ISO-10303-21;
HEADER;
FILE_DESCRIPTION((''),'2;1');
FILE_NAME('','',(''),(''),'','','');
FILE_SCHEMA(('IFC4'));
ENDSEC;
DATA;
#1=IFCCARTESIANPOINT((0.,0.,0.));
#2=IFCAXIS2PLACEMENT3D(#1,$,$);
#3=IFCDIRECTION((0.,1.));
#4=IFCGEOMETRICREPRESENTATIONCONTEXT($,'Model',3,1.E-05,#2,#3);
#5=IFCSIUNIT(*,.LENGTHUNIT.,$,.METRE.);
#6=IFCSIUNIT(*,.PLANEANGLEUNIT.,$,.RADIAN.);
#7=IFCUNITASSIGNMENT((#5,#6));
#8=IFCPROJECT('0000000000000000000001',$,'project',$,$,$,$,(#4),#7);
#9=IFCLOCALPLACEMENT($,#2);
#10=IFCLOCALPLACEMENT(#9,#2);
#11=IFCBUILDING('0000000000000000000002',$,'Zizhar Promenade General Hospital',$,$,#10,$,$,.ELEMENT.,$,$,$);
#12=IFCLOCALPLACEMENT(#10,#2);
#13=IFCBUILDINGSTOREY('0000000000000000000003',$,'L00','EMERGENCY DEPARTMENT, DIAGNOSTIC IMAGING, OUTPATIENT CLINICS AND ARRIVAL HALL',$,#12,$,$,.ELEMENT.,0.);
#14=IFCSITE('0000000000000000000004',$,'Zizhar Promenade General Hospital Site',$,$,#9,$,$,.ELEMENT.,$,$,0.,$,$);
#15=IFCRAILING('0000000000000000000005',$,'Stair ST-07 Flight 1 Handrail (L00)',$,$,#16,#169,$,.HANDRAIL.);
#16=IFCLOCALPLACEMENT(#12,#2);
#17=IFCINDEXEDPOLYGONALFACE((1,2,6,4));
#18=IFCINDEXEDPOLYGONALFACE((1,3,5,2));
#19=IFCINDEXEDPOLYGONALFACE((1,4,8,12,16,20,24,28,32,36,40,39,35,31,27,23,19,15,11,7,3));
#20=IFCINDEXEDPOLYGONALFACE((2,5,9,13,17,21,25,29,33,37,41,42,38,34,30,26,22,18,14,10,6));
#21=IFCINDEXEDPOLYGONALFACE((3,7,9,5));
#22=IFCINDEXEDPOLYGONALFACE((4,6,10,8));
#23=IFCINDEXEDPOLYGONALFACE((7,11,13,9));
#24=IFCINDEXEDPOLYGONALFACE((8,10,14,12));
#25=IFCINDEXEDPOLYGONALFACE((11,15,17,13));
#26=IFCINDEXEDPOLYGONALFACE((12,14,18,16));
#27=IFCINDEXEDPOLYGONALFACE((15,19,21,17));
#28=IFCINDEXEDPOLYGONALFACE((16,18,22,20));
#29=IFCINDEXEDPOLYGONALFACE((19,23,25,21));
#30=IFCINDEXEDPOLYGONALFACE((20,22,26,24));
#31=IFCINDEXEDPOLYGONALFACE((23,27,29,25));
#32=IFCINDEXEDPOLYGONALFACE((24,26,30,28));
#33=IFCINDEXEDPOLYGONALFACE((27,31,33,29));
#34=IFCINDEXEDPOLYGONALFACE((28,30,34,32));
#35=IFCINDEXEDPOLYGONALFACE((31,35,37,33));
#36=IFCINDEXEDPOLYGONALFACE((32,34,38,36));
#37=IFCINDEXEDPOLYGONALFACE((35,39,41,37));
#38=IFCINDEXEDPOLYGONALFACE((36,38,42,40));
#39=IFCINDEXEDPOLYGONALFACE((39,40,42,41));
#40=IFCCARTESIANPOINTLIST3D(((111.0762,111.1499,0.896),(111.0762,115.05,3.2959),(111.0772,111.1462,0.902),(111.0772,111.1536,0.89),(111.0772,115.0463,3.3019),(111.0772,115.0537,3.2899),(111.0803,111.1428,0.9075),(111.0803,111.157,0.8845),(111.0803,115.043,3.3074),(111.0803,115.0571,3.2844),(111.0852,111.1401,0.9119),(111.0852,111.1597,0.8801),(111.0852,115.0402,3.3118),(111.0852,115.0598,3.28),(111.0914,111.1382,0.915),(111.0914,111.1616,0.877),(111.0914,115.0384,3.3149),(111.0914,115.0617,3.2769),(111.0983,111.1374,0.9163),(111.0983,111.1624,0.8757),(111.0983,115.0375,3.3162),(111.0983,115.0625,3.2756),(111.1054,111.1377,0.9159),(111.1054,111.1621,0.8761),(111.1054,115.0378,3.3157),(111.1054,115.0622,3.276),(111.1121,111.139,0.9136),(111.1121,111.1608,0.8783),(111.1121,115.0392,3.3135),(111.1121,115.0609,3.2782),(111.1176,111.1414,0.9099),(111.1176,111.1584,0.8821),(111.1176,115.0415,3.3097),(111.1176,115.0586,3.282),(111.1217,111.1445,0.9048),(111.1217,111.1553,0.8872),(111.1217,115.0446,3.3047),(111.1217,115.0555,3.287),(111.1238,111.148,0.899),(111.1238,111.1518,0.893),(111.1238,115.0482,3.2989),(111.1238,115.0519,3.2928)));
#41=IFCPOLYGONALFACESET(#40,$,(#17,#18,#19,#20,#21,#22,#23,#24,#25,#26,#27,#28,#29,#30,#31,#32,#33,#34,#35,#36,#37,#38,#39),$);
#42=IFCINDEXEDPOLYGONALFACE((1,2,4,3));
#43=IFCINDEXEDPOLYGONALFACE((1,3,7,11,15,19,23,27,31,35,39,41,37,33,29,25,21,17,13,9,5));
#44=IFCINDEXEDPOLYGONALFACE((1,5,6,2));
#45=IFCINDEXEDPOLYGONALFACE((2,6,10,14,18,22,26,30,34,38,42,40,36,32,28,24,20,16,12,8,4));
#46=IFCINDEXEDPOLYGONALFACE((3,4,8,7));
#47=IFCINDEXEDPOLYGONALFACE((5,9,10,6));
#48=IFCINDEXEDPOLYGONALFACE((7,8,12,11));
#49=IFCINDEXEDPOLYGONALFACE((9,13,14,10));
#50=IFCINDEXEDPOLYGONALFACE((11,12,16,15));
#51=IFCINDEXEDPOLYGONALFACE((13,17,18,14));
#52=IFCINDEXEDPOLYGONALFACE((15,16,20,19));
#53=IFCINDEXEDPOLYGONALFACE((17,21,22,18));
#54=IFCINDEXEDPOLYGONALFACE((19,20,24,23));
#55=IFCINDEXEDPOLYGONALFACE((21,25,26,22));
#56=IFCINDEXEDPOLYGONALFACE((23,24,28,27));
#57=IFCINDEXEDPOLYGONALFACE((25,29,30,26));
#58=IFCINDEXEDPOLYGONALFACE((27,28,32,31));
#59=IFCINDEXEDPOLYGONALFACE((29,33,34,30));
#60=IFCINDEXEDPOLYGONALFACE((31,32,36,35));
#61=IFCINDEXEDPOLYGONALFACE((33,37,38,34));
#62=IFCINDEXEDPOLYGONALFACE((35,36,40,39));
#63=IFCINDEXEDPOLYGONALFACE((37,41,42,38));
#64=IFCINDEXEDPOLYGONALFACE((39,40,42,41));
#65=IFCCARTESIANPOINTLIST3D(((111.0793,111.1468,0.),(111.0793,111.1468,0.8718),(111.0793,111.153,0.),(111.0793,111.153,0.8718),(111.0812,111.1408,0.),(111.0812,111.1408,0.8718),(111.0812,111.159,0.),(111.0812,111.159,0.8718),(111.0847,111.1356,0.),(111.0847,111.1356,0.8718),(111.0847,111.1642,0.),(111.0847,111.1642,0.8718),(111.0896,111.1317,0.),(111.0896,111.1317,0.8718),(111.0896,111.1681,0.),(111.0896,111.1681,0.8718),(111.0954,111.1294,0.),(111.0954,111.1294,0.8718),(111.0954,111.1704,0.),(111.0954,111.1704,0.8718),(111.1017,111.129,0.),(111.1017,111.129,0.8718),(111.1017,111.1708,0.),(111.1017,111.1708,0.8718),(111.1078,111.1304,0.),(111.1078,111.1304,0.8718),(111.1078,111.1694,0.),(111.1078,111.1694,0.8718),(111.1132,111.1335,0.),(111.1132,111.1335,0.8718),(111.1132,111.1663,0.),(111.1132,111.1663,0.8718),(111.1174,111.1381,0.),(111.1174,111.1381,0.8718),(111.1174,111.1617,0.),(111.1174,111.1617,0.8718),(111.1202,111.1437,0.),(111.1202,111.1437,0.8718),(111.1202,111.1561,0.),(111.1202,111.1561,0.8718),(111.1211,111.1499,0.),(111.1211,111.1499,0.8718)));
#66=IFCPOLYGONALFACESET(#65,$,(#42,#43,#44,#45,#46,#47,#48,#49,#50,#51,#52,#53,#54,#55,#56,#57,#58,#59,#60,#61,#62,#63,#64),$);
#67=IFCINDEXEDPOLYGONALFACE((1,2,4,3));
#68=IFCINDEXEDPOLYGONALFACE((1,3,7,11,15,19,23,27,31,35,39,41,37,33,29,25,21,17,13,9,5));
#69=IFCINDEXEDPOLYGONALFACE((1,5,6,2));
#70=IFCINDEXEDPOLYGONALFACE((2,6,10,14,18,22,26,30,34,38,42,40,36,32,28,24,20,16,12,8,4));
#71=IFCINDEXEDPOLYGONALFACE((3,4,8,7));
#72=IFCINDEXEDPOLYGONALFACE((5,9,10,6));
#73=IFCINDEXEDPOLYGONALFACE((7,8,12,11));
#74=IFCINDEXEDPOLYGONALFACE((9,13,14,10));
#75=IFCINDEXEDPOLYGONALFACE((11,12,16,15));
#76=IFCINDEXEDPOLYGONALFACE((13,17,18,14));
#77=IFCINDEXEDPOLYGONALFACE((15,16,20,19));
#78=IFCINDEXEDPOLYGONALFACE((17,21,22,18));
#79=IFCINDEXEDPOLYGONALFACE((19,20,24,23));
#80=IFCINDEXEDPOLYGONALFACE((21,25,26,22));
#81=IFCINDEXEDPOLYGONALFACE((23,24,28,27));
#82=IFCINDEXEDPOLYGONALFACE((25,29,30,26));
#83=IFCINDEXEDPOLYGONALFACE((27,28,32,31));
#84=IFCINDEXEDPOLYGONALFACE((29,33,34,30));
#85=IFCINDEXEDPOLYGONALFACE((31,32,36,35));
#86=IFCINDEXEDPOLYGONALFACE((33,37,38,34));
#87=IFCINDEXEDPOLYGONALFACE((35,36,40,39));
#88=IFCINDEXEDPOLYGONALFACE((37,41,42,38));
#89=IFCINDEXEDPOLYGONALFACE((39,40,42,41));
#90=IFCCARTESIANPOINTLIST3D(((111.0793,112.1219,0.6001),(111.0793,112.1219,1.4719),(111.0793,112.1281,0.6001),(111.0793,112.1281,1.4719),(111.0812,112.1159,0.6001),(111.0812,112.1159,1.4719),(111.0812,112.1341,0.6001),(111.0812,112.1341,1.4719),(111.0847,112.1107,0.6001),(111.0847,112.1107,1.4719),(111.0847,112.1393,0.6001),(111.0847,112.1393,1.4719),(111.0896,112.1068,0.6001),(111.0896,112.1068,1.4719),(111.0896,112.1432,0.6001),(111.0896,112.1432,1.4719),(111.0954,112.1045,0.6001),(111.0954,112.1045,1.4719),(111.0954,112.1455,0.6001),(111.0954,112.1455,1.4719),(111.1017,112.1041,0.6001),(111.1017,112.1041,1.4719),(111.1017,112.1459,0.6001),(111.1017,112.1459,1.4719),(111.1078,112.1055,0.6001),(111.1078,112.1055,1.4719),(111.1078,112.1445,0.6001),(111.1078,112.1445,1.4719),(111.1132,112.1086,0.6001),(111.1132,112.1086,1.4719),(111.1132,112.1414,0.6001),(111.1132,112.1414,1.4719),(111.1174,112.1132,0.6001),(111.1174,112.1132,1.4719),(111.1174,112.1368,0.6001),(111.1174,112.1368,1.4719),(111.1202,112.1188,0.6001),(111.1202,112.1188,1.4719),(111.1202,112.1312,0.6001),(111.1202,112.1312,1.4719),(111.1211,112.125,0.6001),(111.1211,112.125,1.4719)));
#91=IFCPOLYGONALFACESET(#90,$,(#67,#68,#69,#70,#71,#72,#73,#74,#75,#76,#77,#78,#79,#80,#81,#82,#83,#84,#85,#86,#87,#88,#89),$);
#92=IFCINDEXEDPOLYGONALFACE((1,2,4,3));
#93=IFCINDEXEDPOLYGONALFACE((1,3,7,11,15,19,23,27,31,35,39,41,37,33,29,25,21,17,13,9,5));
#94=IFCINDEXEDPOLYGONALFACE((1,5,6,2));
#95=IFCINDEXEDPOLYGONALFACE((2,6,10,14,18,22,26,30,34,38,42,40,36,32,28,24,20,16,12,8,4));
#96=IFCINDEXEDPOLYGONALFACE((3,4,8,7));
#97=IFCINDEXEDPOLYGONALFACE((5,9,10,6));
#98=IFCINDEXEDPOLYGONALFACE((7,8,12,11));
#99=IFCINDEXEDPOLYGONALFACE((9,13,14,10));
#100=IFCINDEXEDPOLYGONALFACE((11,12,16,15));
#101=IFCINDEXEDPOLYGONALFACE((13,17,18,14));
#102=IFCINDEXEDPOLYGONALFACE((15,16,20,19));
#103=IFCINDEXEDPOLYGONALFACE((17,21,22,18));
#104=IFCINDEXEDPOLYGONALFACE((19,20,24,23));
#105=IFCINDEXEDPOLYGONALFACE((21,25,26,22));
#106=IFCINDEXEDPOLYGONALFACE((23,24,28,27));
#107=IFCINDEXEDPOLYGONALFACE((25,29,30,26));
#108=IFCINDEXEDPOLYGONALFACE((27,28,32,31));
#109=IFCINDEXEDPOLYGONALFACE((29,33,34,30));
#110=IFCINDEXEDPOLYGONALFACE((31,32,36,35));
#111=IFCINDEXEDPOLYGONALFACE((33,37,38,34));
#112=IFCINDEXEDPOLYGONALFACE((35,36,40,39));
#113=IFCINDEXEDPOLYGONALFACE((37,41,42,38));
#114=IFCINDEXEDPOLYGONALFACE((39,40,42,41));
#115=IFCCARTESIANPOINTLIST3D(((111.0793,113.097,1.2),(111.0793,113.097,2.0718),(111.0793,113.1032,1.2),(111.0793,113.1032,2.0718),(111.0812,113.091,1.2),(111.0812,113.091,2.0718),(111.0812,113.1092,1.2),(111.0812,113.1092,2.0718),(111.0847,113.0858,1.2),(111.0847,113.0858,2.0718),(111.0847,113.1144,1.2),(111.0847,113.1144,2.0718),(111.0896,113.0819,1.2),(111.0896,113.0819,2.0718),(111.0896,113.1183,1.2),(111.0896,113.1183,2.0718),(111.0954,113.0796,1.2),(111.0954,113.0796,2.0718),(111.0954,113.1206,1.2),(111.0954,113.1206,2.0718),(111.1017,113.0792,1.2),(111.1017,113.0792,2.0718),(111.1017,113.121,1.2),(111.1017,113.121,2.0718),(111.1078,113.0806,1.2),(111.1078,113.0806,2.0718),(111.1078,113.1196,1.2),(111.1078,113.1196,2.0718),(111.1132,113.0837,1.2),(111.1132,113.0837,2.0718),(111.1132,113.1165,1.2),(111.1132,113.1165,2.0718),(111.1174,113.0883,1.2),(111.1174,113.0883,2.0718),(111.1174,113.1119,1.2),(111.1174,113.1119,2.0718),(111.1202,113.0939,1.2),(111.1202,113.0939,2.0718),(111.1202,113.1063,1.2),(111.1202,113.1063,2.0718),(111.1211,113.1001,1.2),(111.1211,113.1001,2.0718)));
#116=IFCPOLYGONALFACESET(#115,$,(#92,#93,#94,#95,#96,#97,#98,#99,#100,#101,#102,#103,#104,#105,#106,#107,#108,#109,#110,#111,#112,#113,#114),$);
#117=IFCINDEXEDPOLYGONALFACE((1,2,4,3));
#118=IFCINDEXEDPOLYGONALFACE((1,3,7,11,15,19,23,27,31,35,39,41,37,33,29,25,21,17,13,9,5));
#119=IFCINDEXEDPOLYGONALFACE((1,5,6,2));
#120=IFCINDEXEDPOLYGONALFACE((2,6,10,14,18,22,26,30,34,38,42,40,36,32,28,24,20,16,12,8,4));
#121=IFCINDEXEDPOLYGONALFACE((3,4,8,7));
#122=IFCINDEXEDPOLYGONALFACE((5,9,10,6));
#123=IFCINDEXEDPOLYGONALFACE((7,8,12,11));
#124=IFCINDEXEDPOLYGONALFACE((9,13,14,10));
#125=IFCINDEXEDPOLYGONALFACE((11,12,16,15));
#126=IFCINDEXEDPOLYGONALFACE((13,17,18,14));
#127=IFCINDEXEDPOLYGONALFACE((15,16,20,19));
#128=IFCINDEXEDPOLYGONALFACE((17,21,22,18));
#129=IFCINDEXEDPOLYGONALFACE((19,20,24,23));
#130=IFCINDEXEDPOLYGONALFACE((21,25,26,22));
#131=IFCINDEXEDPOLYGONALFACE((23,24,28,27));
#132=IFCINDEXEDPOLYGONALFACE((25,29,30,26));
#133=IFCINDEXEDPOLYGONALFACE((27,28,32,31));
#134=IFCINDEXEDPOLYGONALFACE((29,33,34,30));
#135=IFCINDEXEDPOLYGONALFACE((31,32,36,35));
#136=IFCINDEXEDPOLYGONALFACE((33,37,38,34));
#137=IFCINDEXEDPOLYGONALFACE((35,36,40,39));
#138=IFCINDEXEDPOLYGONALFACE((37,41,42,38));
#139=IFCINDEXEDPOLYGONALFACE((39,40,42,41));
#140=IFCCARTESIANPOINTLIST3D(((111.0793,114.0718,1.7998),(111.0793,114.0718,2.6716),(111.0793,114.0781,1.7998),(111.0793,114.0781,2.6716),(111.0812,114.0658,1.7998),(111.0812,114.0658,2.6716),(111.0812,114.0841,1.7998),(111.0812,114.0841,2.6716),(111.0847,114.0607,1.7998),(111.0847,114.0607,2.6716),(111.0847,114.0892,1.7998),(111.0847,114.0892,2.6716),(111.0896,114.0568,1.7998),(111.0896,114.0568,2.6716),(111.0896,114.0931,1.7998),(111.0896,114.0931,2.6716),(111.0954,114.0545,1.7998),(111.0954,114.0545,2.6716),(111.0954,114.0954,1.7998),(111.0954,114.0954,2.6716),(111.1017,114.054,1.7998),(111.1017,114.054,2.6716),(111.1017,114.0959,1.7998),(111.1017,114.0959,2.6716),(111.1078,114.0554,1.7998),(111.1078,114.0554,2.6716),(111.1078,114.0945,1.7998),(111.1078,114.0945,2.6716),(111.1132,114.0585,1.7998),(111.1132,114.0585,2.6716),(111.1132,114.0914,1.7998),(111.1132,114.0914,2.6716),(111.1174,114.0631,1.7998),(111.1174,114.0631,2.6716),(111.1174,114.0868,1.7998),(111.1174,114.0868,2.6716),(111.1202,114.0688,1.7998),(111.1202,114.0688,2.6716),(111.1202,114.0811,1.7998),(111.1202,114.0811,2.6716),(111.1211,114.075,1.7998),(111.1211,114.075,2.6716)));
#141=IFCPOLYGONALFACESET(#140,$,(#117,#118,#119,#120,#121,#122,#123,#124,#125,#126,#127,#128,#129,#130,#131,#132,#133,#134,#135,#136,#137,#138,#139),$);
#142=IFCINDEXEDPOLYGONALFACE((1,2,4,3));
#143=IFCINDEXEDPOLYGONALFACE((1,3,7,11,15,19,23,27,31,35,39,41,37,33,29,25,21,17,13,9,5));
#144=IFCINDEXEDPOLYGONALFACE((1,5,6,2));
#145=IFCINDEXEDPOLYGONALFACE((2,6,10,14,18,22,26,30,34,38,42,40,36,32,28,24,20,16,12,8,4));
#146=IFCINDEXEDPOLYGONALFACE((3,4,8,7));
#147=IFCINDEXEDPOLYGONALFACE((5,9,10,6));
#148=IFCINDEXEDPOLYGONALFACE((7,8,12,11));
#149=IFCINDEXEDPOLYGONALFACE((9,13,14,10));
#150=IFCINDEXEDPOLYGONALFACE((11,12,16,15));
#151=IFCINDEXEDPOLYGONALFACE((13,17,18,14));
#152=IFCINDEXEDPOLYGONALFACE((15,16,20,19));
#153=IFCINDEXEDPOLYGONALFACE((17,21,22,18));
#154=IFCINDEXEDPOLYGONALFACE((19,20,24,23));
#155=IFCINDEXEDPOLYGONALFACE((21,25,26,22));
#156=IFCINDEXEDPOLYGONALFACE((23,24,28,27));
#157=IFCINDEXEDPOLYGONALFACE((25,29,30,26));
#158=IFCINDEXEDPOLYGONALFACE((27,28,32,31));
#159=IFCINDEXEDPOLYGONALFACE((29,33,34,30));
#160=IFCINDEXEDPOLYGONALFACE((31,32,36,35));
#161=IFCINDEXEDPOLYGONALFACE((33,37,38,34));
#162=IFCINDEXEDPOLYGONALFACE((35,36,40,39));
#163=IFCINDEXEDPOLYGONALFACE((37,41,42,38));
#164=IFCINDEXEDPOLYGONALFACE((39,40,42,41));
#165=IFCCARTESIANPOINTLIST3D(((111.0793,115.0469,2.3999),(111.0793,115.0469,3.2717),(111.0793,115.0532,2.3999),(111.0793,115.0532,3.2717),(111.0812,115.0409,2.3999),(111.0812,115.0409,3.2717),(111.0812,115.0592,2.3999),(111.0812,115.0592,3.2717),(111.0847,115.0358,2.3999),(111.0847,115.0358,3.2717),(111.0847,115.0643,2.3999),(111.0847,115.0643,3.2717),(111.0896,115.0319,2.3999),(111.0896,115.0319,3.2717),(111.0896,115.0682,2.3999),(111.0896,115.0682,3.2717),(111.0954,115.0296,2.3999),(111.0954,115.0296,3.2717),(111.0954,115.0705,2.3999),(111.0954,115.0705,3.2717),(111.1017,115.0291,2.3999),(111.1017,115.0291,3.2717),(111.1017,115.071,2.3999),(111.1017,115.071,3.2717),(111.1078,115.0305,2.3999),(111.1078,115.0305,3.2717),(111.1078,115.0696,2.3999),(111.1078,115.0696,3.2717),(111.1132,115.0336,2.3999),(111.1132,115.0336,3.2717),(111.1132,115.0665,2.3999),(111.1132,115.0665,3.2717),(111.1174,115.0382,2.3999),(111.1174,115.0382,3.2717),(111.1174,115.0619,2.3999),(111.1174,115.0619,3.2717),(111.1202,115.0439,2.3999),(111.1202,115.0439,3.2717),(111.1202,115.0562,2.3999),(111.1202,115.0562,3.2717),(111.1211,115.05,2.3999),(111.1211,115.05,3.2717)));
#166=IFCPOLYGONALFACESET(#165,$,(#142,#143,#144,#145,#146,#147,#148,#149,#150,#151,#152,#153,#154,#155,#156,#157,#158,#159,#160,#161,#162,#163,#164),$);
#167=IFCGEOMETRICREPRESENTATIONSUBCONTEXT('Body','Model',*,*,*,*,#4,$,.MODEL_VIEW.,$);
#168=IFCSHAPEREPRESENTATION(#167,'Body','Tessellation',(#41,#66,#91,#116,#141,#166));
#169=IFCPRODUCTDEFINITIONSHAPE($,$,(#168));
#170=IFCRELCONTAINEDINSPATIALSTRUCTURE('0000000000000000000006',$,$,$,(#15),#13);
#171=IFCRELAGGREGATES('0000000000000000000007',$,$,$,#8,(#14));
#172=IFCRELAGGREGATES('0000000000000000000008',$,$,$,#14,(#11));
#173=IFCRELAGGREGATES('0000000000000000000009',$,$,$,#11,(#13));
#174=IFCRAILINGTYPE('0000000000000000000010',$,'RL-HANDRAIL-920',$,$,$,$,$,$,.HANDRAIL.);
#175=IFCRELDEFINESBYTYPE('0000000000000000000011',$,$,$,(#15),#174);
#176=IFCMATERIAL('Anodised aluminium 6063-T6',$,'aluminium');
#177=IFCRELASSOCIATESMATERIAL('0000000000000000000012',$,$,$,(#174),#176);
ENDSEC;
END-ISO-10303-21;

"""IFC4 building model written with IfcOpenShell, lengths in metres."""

from ifc_helpers import new_model, si_unit, direction, frame, origin, origin_2d, place, context, subcontext, project, spatial, circle, hollow_circle, extrude, material, material_profile, profile_set, type_object, element, save


model = new_model("IFC4")

# Units and contexts
model_context = context("Model", 3, precision=1e-05, world=origin(), true_north=direction((0.0, 1.0)))
body_context = subcontext(model_context, "Body", "Model", "MODEL_VIEW")
ifc_project = project(units=[si_unit("LENGTHUNIT", "METRE"), si_unit("PLANEANGLEUNIT", "RADIAN")], contexts=[model_context])

# Site, building, storey
site_placement = place(None, origin())
site = spatial("IfcSite", under=ifc_project, at=site_placement, Name="Zizhar Promenade General Hospital Site", CompositionType="ELEMENT", RefElevation=0.0)
building_placement = place(site_placement, origin())
building = spatial("IfcBuilding", under=site, at=building_placement, Name="Zizhar Promenade General Hospital", CompositionType="ELEMENT")
storey_placement = place(building_placement, origin())
storey = spatial("IfcBuildingStorey", under=building, at=storey_placement, Name="L00", Description="EMERGENCY DEPARTMENT, DIAGNOSTIC IMAGING, OUTPATIENT CLINICS AND ARRIVAL HALL", CompositionType="ELEMENT", Elevation=0.0)

# Railing
ifc_material_1 = material(Name="Anodised aluminium 6063-T6", Category="aluminium")
ifc_material_profile_1 = material_profile(ifc_material_1, hollow_circle(Radius=0.0698, WallThickness=0.0063, at=origin_2d()))
ifc_profile_set_1 = profile_set([ifc_material_profile_1], Name="Anodised aluminium 6063-T6")
railing_type_1 = type_object("IfcRailingType", Name="RL-HANDRAIL-920", PredefinedType="HANDRAIL", material=ifc_profile_set_1)
railing_1_placement = place(storey_placement, frame((111.1001, 111.1499, 0.0)))
element("IfcRailing", 1, at=railing_1_placement, inside=storey, type_object=railing_type_1, Name="Stair ST-07 Flight 1 Handrail (L00)", PredefinedType="HANDRAIL", context=body_context, shape_type="SweptSolid", body=[
    extrude(circle(Radius=0.0239, at=origin_2d()), frame((0.0, 0.0, 0.896), z_axis=(0.0, 0.851677, 0.524068), x_axis=(-1.0, 0.0, 0.0)), (0.0, 0.0, 1.0), 4.5793),
    extrude(circle(Radius=0.021, at=origin_2d()), origin(), (0.0, 0.0, 1.0), 0.8718),
    extrude(circle(Radius=0.021, at=origin_2d()), frame((0.0, 0.9751, 0.6001)), (0.0, 0.0, 1.0), 0.8718),
    extrude(circle(Radius=0.021, at=origin_2d()), frame((0.0, 1.9502, 1.2)), (0.0, 0.0, 1.0), 0.8718),
    extrude(circle(Radius=0.021, at=origin_2d()), frame((0.0, 2.925, 1.7998)), (0.0, 0.0, 1.0), 0.8718),
    extrude(circle(Radius=0.021, at=origin_2d()), frame((0.0, 3.9001, 2.3999)), (0.0, 0.0, 1.0), 0.8718),
])

save(model, "model.ifc")
